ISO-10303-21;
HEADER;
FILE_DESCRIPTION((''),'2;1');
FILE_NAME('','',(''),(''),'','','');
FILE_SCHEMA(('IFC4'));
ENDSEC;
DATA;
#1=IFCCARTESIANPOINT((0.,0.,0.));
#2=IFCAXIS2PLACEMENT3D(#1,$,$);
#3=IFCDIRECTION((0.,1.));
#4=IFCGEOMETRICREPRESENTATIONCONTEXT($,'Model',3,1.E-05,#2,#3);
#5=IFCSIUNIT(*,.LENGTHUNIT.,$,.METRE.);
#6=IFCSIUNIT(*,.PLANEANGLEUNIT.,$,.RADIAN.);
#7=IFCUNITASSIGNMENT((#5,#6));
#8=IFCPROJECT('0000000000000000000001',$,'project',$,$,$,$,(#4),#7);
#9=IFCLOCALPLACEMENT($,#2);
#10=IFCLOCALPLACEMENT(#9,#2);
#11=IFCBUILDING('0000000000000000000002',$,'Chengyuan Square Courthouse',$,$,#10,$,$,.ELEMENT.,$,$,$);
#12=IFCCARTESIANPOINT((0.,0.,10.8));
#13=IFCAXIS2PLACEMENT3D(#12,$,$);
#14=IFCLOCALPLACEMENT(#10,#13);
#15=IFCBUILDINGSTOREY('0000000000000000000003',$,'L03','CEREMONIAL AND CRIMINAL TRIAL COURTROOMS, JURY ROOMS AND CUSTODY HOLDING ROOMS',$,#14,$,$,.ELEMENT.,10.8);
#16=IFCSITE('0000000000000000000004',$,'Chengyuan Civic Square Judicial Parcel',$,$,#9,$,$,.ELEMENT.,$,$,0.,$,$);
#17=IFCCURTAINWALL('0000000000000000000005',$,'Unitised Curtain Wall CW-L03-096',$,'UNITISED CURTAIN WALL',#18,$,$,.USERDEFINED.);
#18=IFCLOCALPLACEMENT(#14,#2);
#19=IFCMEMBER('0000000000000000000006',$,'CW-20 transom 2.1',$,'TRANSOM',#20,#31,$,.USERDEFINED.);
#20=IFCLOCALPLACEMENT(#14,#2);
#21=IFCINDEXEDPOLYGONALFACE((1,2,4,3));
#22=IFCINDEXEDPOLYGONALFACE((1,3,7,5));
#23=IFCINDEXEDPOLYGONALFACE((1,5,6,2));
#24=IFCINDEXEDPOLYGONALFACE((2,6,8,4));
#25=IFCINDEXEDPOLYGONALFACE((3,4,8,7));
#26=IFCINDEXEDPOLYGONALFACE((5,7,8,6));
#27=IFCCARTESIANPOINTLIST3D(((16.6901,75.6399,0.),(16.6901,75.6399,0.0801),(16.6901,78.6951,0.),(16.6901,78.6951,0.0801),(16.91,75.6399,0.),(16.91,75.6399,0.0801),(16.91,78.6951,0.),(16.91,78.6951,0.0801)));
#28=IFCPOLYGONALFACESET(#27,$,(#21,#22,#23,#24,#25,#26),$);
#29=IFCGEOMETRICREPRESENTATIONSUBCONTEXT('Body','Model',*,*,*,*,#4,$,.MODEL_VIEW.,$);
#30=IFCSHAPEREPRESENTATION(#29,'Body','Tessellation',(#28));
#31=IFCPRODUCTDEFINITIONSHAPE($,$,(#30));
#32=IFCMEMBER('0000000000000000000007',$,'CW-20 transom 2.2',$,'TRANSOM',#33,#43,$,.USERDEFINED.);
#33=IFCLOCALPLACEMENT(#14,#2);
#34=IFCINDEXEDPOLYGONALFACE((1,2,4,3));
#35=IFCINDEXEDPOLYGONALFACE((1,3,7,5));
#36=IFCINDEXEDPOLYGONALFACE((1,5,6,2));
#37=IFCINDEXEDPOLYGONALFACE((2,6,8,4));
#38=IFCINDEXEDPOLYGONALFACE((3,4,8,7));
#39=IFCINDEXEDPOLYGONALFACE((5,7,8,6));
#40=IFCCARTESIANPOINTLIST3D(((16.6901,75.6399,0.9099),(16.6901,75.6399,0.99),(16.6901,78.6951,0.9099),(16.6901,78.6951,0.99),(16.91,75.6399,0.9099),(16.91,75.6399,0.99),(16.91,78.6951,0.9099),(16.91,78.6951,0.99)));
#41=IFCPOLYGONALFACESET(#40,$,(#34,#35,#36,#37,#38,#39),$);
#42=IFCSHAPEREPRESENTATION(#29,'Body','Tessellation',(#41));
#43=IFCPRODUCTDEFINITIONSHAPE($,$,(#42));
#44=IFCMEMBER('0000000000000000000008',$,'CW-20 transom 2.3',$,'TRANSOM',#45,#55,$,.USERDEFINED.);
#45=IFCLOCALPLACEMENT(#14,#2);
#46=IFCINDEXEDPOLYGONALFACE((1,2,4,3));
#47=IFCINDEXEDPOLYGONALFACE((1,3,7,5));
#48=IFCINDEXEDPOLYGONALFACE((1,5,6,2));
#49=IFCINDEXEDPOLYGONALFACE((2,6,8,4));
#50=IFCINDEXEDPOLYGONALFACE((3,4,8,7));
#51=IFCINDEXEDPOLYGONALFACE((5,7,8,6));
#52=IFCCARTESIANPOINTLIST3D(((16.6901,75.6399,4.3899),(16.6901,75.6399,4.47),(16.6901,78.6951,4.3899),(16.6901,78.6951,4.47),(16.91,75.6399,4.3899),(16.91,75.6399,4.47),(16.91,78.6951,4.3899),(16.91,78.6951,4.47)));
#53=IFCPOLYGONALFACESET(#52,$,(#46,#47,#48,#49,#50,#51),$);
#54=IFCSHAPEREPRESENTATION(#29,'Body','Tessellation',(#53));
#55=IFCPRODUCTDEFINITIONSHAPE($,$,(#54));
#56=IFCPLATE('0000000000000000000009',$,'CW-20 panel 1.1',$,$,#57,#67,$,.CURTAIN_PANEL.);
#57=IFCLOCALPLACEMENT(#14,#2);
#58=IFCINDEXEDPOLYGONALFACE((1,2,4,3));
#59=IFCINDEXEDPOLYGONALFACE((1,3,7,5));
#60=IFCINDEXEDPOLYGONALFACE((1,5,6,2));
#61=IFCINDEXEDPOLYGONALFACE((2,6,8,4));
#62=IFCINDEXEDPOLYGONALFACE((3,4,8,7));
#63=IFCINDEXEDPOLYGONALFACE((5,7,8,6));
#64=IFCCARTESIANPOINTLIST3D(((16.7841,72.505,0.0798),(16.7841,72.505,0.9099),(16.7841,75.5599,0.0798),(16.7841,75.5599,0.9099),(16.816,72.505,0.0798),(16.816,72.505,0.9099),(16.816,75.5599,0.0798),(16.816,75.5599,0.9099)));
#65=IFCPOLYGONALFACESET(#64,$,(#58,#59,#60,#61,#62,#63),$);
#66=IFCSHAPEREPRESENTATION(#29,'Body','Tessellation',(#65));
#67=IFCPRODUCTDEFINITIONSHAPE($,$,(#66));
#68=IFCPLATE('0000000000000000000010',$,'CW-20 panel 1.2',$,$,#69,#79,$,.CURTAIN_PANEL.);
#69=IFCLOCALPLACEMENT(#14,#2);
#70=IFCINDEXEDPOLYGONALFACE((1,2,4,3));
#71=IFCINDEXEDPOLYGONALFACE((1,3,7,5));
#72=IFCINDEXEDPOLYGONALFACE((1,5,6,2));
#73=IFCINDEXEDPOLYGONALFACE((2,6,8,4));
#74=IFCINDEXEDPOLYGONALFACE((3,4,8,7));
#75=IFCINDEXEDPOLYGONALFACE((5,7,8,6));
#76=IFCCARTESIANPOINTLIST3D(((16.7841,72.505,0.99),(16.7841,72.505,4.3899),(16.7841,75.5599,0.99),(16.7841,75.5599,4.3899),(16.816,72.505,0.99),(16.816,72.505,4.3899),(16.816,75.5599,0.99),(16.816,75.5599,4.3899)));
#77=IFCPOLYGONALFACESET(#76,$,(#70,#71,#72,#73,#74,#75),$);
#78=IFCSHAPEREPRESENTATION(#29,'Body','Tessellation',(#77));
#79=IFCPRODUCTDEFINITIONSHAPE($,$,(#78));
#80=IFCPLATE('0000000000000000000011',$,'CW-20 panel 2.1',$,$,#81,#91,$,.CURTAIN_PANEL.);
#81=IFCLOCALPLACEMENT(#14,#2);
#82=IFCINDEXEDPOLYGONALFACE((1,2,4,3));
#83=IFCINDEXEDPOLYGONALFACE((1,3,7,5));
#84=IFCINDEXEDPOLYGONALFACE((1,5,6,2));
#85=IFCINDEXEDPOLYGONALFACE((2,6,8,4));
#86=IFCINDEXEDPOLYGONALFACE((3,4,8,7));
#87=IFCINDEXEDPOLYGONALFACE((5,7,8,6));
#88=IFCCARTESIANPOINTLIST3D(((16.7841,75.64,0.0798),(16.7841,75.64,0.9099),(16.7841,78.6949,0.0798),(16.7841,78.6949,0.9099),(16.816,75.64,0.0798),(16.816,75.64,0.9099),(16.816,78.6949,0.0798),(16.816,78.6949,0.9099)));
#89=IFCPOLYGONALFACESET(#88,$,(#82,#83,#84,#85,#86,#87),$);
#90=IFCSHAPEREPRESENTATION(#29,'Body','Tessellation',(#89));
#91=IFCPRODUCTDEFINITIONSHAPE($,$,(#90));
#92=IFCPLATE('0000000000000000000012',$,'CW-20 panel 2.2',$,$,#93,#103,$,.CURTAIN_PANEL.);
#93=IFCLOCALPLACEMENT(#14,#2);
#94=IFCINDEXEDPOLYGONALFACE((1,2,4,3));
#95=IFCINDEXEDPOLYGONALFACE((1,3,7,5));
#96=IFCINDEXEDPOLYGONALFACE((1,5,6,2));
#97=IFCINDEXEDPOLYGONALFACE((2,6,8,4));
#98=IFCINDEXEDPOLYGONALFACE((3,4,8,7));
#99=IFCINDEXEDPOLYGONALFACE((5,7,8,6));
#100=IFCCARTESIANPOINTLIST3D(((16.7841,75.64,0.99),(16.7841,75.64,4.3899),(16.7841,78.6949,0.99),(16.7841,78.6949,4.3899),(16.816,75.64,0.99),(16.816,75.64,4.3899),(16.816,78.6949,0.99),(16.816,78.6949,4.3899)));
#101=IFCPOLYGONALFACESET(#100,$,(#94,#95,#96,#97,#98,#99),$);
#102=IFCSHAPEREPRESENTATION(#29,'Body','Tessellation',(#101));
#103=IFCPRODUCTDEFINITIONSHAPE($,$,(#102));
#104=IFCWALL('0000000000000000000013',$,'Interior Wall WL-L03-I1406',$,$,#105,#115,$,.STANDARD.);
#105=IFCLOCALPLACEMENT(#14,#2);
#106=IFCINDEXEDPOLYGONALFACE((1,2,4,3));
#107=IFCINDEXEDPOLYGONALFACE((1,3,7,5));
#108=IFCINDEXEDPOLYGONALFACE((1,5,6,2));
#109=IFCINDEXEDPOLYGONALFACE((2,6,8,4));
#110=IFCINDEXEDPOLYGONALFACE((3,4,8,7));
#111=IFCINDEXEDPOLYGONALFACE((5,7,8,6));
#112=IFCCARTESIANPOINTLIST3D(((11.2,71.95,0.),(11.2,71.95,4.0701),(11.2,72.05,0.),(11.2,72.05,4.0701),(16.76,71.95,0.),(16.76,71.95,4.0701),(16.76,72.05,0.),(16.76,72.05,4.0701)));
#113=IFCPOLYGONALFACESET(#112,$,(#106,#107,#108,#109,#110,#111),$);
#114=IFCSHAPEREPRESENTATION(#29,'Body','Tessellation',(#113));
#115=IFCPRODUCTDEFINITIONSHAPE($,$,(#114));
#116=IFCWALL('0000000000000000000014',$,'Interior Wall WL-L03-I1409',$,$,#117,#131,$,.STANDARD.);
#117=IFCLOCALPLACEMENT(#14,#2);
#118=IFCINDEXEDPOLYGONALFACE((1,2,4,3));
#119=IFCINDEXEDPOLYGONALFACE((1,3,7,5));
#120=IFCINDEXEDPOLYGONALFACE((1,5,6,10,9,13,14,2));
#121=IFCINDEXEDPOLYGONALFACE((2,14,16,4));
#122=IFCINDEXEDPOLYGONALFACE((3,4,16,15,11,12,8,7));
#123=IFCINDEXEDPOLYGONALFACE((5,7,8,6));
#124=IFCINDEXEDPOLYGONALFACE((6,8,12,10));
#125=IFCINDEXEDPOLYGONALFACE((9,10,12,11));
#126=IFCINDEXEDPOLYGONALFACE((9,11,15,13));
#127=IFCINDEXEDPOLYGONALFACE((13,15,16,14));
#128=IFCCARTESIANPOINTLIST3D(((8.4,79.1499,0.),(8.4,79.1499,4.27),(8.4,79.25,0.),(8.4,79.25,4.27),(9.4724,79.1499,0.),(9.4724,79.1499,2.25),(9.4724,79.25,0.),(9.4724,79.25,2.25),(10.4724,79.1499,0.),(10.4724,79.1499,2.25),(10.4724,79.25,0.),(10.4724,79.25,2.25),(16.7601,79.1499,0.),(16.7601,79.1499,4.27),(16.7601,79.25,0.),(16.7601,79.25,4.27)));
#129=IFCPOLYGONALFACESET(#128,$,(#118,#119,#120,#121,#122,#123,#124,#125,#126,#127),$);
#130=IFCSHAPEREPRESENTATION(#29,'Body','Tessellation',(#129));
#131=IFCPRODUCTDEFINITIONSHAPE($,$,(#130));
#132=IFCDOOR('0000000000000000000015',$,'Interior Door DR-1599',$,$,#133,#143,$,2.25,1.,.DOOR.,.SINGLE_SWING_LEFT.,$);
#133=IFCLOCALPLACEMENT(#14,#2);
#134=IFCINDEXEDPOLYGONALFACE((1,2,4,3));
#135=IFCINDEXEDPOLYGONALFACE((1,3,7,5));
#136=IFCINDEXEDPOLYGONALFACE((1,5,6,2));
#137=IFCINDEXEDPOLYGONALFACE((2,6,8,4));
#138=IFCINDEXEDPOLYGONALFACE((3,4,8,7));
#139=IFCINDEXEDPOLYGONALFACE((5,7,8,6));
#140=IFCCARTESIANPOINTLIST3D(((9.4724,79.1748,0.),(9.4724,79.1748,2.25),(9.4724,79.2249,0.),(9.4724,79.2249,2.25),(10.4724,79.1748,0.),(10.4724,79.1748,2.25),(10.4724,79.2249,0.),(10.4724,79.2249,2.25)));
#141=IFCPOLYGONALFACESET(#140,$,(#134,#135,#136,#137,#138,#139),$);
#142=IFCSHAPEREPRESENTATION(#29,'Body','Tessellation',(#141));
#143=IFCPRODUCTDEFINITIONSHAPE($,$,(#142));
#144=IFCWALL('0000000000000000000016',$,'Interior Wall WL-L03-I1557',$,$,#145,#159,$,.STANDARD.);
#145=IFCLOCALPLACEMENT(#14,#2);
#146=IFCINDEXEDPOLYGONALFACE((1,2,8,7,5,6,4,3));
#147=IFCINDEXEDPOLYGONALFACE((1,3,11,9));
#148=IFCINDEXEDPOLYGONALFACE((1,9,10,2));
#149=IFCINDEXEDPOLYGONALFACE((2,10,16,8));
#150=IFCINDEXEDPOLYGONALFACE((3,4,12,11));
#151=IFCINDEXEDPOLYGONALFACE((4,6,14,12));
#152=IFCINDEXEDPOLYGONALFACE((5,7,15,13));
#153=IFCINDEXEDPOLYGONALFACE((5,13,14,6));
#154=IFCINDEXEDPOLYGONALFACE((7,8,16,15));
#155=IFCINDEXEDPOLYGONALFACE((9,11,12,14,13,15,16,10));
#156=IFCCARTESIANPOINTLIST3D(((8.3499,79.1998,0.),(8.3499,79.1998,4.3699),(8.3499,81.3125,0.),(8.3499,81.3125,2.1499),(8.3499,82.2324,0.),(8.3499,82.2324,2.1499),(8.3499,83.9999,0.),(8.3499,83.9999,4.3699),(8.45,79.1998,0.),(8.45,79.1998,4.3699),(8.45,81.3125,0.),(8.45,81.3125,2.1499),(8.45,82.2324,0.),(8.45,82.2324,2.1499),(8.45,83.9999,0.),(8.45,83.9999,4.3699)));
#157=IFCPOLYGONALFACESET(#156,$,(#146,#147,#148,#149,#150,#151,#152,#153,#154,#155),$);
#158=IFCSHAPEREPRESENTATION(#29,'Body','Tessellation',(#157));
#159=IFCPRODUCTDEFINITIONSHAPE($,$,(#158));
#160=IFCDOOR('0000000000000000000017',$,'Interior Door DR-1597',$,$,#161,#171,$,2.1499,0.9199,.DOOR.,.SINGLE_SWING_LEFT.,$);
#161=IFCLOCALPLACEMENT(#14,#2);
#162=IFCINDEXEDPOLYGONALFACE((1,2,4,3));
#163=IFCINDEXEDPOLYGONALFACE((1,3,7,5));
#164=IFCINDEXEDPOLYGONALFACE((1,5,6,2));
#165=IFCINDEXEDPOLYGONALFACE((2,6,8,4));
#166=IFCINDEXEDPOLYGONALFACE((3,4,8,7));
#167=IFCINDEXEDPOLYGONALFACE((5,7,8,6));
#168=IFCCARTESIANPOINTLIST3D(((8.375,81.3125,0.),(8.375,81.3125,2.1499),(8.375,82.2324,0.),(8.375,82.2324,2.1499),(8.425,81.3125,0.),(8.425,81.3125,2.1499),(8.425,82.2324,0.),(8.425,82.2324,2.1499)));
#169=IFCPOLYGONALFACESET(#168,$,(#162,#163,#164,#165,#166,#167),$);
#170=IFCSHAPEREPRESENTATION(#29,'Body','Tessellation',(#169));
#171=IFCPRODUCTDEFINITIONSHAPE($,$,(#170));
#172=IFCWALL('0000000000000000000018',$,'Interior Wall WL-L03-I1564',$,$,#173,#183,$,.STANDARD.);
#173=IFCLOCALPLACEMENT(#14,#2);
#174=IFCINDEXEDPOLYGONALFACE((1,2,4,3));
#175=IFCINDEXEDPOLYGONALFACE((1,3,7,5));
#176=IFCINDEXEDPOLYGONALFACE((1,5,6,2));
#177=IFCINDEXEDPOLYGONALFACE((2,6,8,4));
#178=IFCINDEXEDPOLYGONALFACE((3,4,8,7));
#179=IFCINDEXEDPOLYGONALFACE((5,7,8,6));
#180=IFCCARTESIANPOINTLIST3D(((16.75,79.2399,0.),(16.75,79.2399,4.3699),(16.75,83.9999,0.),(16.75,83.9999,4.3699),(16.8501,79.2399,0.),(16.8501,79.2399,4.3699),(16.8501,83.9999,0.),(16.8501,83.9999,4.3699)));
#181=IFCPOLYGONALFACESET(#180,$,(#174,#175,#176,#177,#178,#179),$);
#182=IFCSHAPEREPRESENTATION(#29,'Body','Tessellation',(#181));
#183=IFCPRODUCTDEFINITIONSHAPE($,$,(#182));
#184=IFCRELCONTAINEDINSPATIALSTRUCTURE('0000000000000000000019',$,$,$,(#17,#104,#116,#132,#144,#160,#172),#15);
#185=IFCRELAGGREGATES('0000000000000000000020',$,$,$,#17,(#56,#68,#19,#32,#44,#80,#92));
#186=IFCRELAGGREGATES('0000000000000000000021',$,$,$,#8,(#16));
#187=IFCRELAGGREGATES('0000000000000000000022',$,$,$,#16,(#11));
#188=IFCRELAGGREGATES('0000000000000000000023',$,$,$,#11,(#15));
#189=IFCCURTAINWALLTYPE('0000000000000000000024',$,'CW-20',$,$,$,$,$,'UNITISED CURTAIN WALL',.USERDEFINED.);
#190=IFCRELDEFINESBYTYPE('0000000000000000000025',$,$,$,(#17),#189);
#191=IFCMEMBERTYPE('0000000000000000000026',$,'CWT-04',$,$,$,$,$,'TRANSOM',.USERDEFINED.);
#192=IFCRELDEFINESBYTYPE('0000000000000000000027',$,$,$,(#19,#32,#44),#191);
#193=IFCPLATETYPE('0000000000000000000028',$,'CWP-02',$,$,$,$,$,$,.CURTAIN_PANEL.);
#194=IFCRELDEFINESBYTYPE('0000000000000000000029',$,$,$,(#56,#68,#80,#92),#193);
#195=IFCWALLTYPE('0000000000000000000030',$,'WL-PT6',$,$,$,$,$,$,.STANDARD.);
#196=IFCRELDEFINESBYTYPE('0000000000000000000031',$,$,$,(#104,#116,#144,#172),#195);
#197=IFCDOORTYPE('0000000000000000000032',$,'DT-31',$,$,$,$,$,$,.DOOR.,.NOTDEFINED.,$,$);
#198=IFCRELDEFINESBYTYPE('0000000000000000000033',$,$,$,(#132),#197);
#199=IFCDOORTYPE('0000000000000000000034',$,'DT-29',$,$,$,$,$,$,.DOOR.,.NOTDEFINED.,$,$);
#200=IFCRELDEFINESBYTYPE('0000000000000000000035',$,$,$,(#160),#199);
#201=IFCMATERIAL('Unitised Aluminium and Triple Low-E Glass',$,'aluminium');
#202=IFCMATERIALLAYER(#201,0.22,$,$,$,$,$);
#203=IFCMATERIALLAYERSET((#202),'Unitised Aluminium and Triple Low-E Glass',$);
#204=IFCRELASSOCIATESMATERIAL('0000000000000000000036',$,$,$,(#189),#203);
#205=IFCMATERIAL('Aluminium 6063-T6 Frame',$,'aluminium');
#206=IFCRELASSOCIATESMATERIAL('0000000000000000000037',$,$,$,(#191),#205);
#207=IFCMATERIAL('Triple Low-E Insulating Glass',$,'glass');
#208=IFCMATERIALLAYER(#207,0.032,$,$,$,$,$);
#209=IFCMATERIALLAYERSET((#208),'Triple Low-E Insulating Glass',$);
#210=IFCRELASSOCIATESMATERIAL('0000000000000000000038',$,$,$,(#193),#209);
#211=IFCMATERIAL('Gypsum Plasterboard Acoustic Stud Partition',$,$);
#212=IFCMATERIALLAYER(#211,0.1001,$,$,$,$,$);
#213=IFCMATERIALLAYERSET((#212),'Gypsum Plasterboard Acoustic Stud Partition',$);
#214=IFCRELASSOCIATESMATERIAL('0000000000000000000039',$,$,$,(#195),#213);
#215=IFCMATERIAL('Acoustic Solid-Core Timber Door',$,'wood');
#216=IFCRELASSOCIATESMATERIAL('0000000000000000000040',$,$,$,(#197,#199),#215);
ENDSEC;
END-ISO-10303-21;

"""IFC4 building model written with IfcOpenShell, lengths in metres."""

from ifc_helpers import new_model, si_unit, direction, frame, frame_2d, origin, origin_2d, place, context, subcontext, project, spatial, rectangle, extrude, material, layer, layer_set, material_profile, profile_set, type_object, element, fill, aggregate, save


model = new_model("IFC4")

# Units and contexts
model_context = context("Model", 3, precision=1e-05, world=origin(), true_north=direction((0.0, 1.0)))
body_context = subcontext(model_context, "Body", "Model", "MODEL_VIEW")
ifc_project = project(units=[si_unit("LENGTHUNIT", "METRE"), si_unit("PLANEANGLEUNIT", "RADIAN")], contexts=[model_context])

# Site, building, storey
site_placement = place(None, origin())
site = spatial("IfcSite", under=ifc_project, at=site_placement, Name="Chengyuan Civic Square Judicial Parcel", CompositionType="ELEMENT", RefElevation=0.0)
building_placement = place(site_placement, origin())
building = spatial("IfcBuilding", under=site, at=building_placement, Name="Chengyuan Square Courthouse", CompositionType="ELEMENT")
storey_placement = place(building_placement, frame((0.0, 0.0, 10.8)))
storey = spatial("IfcBuildingStorey", under=building, at=storey_placement, Name="L03", Description="CEREMONIAL AND CRIMINAL TRIAL COURTROOMS, JURY ROOMS AND CUSTODY HOLDING ROOMS", CompositionType="ELEMENT", Elevation=10.8)

# Curtain wall, members, plates
ifc_material_1 = material(Name="Unitised Aluminium and Triple Low-E Glass", Category="aluminium")
ifc_layer_1 = layer(ifc_material_1, 0.22)
ifc_layer_set_1 = layer_set([ifc_layer_1], Name="Unitised Aluminium and Triple Low-E Glass")
curtain_wall_type = type_object("IfcCurtainWallType", Name="CW-20", ElementType="UNITISED CURTAIN WALL", PredefinedType="USERDEFINED", material=ifc_layer_set_1)
curtain_wall_placement = place(storey_placement, origin())
curtain_wall = element("IfcCurtainWall", 1, at=curtain_wall_placement, inside=storey, type_object=curtain_wall_type, Name="Unitised Curtain Wall CW-L03-096", ObjectType="UNITISED CURTAIN WALL", PredefinedType="USERDEFINED")
ifc_material_2 = material(Name="Aluminium 6063-T6 Frame", Category="aluminium")
ifc_material_profile_1 = material_profile(ifc_material_2, rectangle(XDim=0.22, YDim=0.0801, at=origin_2d()), Name="CW-TRN-80x180")
ifc_profile_set_1 = profile_set([ifc_material_profile_1], Name="Aluminium 6063-T6 Frame")
member_type_1 = type_object("IfcMemberType", Name="CWT-04", ElementType="TRANSOM", PredefinedType="USERDEFINED", material=ifc_profile_set_1)
member_1_placement = place(storey_placement, frame((16.8, 75.6399, 0.04), z_axis=(0.0, 1.0, 0.0), x_axis=(-1.0, 0.0, 0.0)))
member_1 = element("IfcMember", 2, at=member_1_placement, type_object=member_type_1, Name="CW-20 transom 2.1", ObjectType="TRANSOM", PredefinedType="USERDEFINED", context=body_context, shape_type="SweptSolid", body=[
    extrude(rectangle(XDim=0.22, YDim=0.0801, at=origin_2d()), origin(), (0.0, 0.0, 1.0), 3.0552),
])
member_2_placement = place(storey_placement, frame((16.8, 75.6399, 0.95), z_axis=(0.0, 1.0, 0.0), x_axis=(-1.0, 0.0, 0.0)))
member_2 = element("IfcMember", 3, at=member_2_placement, type_object=member_type_1, Name="CW-20 transom 2.2", ObjectType="TRANSOM", PredefinedType="USERDEFINED", context=body_context, shape_type="SweptSolid", body=[
    extrude(rectangle(XDim=0.22, YDim=0.0801, at=origin_2d()), origin(), (0.0, 0.0, 1.0), 3.0552),
])
member_3_placement = place(storey_placement, frame((16.8, 75.6399, 4.4299), z_axis=(0.0, 1.0, 0.0), x_axis=(-1.0, 0.0, 0.0)))
member_3 = element("IfcMember", 4, at=member_3_placement, type_object=member_type_1, Name="CW-20 transom 2.3", ObjectType="TRANSOM", PredefinedType="USERDEFINED", context=body_context, shape_type="SweptSolid", body=[
    extrude(rectangle(XDim=0.22, YDim=0.0801, at=origin_2d()), origin(), (0.0, 0.0, 1.0), 3.0552),
])
ifc_material_3 = material(Name="Triple Low-E Insulating Glass", Category="glass")
ifc_layer_2 = layer(ifc_material_3, 0.032)
ifc_layer_set_2 = layer_set([ifc_layer_2], Name="Triple Low-E Insulating Glass")
plate_type = type_object("IfcPlateType", Name="CWP-02", PredefinedType="CURTAIN_PANEL", material=ifc_layer_set_2)
plate_1_placement = place(storey_placement, frame((16.8, 74.0325, 0.0798), z_axis=(0.0, 0.0, 1.0), x_axis=(0.0, 1.0, 0.0)))
plate_1 = element("IfcPlate", 5, at=plate_1_placement, type_object=plate_type, Name="CW-20 panel 1.1", PredefinedType="CURTAIN_PANEL", context=body_context, shape_type="SweptSolid", body=[
    extrude(rectangle(XDim=3.0549, YDim=0.032, at=origin_2d()), origin(), (0.0, 0.0, 1.0), 0.8301),
])
plate_2_placement = place(storey_placement, frame((16.8, 74.0325, 0.99), z_axis=(0.0, 0.0, 1.0), x_axis=(0.0, 1.0, 0.0)))
plate_2 = element("IfcPlate", 6, at=plate_2_placement, type_object=plate_type, Name="CW-20 panel 1.2", PredefinedType="CURTAIN_PANEL", context=body_context, shape_type="SweptSolid", body=[
    extrude(rectangle(XDim=3.0549, YDim=0.032, at=origin_2d()), origin(), (0.0, 0.0, 1.0), 3.3999),
])
plate_3_placement = place(storey_placement, frame((16.8, 77.1675, 0.0798), z_axis=(0.0, 0.0, 1.0), x_axis=(0.0, 1.0, 0.0)))
plate_3 = element("IfcPlate", 7, at=plate_3_placement, type_object=plate_type, Name="CW-20 panel 2.1", PredefinedType="CURTAIN_PANEL", context=body_context, shape_type="SweptSolid", body=[
    extrude(rectangle(XDim=3.0549, YDim=0.032, at=origin_2d()), origin(), (0.0, 0.0, 1.0), 0.8301),
])
plate_4_placement = place(storey_placement, frame((16.8, 77.1675, 0.99), z_axis=(0.0, 0.0, 1.0), x_axis=(0.0, 1.0, 0.0)))
plate_4 = element("IfcPlate", 8, at=plate_4_placement, type_object=plate_type, Name="CW-20 panel 2.2", PredefinedType="CURTAIN_PANEL", context=body_context, shape_type="SweptSolid", body=[
    extrude(rectangle(XDim=3.0549, YDim=0.032, at=origin_2d()), origin(), (0.0, 0.0, 1.0), 3.3999),
])
aggregate(curtain_wall, [plate_1, plate_2, member_1, member_2, member_3, plate_3, plate_4])

# Wall
ifc_material_4 = material(Name="Gypsum Plasterboard Acoustic Stud Partition")
ifc_layer_3 = layer(ifc_material_4, 0.1001)
ifc_layer_set_3 = layer_set([ifc_layer_3], Name="Gypsum Plasterboard Acoustic Stud Partition")
wall_type = type_object("IfcWallType", Name="WL-PT6", PredefinedType="STANDARD", material=ifc_layer_set_3)
wall_1_placement = place(storey_placement, frame((11.2, 72.0, 0.0), z_axis=(0.0, 0.0, 1.0), x_axis=(1.0, 0.0, 0.0)))
element("IfcWall", 9, at=wall_1_placement, inside=storey, type_object=wall_type, Name="Interior Wall WL-L03-I1406", PredefinedType="STANDARD", context=body_context, shape_type="SweptSolid", body=[
    extrude(rectangle(XDim=5.5601, YDim=0.1001, at=frame_2d((2.78, 0.0))), origin(), (0.0, 0.0, 1.0), 4.0701),
])

# Walls, openings, doors
wall_2_placement = place(storey_placement, frame((8.3999, 79.2, 0.0), z_axis=(0.0, 0.0, 1.0), x_axis=(1.0, 0.0, 0.0)))
wall_2 = element("IfcWall", 10, at=wall_2_placement, inside=storey, type_object=wall_type, Name="Interior Wall WL-L03-I1409", PredefinedType="STANDARD", context=body_context, shape_type="SweptSolid", body=[
    extrude(rectangle(XDim=8.3601, YDim=0.1001, at=frame_2d((4.1802, 0.0))), origin(), (0.0, 0.0, 1.0), 4.27),
])
opening_1_placement = place(wall_2_placement, frame((1.0725, 0.0, 0.0)))
opening_1 = element("IfcOpeningElement", 11, at=opening_1_placement, cuts=wall_2, PredefinedType="OPENING", context=body_context, shape_type="SweptSolid", body=[
    extrude(rectangle(XDim=1.0, YDim=2.25, at=frame_2d((0.5, 1.125))), frame((0.0, 0.062, 0.0), z_axis=(0.0, -1.0, 0.0), x_axis=(1.0, 0.0, 0.0)), (0.0, 0.0, 1.0), 0.124),
])
ifc_material_5 = material(Name="Acoustic Solid-Core Timber Door", Category="wood")
door_type_1 = type_object("IfcDoorType", Name="DT-31", OperationType="NOTDEFINED", PredefinedType="DOOR", material=ifc_material_5)
door_1_placement = place(opening_1_placement, origin())
door_1 = element("IfcDoor", 12, at=door_1_placement, inside=storey, type_object=door_type_1, Name="Interior Door DR-1599", OperationType="SINGLE_SWING_LEFT", OverallHeight=2.25, OverallWidth=1.0, PredefinedType="DOOR", context=body_context, shape_type="SweptSolid", body=[
    extrude(rectangle(XDim=1.0, YDim=2.25, at=frame_2d((0.5, 1.125))), frame((0.0, 0.0249, 0.0), z_axis=(0.0, -1.0, 0.0), x_axis=(1.0, 0.0, 0.0)), (0.0, 0.0, 1.0), 0.05),
])
fill(opening_1, door_1)
wall_3_placement = place(storey_placement, frame((8.3999, 79.2, 0.0), z_axis=(0.0, 0.0, 1.0), x_axis=(0.0, 1.0, 0.0)))
wall_3 = element("IfcWall", 13, at=wall_3_placement, inside=storey, type_object=wall_type, Name="Interior Wall WL-L03-I1557", PredefinedType="STANDARD", context=body_context, shape_type="SweptSolid", body=[
    extrude(rectangle(XDim=4.8, YDim=0.1001, at=frame_2d((2.3999, 0.0))), origin(), (0.0, 0.0, 1.0), 4.3699),
])
opening_2_placement = place(wall_3_placement, frame((2.1125, 0.0, 0.0)))
opening_2 = element("IfcOpeningElement", 14, at=opening_2_placement, cuts=wall_3, PredefinedType="OPENING", context=body_context, shape_type="SweptSolid", body=[
    extrude(rectangle(XDim=0.9199, YDim=2.1499, at=frame_2d((0.46, 1.075))), frame((0.0, 0.062, 0.0), z_axis=(0.0, -1.0, 0.0), x_axis=(1.0, 0.0, 0.0)), (0.0, 0.0, 1.0), 0.124),
])
door_type_2 = type_object("IfcDoorType", Name="DT-29", OperationType="NOTDEFINED", PredefinedType="DOOR", material=ifc_material_5)
door_2_placement = place(opening_2_placement, origin())
door_2 = element("IfcDoor", 15, at=door_2_placement, inside=storey, type_object=door_type_2, Name="Interior Door DR-1597", OperationType="SINGLE_SWING_LEFT", OverallHeight=2.1499, OverallWidth=0.9199, PredefinedType="DOOR", context=body_context, shape_type="SweptSolid", body=[
    extrude(rectangle(XDim=0.9199, YDim=2.1499, at=frame_2d((0.46, 1.075))), frame((0.0, 0.0249, 0.0), z_axis=(0.0, -1.0, 0.0), x_axis=(1.0, 0.0, 0.0)), (0.0, 0.0, 1.0), 0.05),
])
fill(opening_2, door_2)

# Wall
wall_4_placement = place(storey_placement, frame((16.8, 79.24, 0.0), z_axis=(0.0, 0.0, 1.0), x_axis=(0.0, 1.0, 0.0)))
element("IfcWall", 16, at=wall_4_placement, inside=storey, type_object=wall_type, Name="Interior Wall WL-L03-I1564", PredefinedType="STANDARD", context=body_context, shape_type="SweptSolid", body=[
    extrude(rectangle(XDim=4.76, YDim=0.1001, at=frame_2d((2.3799, 0.0))), origin(), (0.0, 0.0, 1.0), 4.3699),
])

save(model, "model.ifc")
